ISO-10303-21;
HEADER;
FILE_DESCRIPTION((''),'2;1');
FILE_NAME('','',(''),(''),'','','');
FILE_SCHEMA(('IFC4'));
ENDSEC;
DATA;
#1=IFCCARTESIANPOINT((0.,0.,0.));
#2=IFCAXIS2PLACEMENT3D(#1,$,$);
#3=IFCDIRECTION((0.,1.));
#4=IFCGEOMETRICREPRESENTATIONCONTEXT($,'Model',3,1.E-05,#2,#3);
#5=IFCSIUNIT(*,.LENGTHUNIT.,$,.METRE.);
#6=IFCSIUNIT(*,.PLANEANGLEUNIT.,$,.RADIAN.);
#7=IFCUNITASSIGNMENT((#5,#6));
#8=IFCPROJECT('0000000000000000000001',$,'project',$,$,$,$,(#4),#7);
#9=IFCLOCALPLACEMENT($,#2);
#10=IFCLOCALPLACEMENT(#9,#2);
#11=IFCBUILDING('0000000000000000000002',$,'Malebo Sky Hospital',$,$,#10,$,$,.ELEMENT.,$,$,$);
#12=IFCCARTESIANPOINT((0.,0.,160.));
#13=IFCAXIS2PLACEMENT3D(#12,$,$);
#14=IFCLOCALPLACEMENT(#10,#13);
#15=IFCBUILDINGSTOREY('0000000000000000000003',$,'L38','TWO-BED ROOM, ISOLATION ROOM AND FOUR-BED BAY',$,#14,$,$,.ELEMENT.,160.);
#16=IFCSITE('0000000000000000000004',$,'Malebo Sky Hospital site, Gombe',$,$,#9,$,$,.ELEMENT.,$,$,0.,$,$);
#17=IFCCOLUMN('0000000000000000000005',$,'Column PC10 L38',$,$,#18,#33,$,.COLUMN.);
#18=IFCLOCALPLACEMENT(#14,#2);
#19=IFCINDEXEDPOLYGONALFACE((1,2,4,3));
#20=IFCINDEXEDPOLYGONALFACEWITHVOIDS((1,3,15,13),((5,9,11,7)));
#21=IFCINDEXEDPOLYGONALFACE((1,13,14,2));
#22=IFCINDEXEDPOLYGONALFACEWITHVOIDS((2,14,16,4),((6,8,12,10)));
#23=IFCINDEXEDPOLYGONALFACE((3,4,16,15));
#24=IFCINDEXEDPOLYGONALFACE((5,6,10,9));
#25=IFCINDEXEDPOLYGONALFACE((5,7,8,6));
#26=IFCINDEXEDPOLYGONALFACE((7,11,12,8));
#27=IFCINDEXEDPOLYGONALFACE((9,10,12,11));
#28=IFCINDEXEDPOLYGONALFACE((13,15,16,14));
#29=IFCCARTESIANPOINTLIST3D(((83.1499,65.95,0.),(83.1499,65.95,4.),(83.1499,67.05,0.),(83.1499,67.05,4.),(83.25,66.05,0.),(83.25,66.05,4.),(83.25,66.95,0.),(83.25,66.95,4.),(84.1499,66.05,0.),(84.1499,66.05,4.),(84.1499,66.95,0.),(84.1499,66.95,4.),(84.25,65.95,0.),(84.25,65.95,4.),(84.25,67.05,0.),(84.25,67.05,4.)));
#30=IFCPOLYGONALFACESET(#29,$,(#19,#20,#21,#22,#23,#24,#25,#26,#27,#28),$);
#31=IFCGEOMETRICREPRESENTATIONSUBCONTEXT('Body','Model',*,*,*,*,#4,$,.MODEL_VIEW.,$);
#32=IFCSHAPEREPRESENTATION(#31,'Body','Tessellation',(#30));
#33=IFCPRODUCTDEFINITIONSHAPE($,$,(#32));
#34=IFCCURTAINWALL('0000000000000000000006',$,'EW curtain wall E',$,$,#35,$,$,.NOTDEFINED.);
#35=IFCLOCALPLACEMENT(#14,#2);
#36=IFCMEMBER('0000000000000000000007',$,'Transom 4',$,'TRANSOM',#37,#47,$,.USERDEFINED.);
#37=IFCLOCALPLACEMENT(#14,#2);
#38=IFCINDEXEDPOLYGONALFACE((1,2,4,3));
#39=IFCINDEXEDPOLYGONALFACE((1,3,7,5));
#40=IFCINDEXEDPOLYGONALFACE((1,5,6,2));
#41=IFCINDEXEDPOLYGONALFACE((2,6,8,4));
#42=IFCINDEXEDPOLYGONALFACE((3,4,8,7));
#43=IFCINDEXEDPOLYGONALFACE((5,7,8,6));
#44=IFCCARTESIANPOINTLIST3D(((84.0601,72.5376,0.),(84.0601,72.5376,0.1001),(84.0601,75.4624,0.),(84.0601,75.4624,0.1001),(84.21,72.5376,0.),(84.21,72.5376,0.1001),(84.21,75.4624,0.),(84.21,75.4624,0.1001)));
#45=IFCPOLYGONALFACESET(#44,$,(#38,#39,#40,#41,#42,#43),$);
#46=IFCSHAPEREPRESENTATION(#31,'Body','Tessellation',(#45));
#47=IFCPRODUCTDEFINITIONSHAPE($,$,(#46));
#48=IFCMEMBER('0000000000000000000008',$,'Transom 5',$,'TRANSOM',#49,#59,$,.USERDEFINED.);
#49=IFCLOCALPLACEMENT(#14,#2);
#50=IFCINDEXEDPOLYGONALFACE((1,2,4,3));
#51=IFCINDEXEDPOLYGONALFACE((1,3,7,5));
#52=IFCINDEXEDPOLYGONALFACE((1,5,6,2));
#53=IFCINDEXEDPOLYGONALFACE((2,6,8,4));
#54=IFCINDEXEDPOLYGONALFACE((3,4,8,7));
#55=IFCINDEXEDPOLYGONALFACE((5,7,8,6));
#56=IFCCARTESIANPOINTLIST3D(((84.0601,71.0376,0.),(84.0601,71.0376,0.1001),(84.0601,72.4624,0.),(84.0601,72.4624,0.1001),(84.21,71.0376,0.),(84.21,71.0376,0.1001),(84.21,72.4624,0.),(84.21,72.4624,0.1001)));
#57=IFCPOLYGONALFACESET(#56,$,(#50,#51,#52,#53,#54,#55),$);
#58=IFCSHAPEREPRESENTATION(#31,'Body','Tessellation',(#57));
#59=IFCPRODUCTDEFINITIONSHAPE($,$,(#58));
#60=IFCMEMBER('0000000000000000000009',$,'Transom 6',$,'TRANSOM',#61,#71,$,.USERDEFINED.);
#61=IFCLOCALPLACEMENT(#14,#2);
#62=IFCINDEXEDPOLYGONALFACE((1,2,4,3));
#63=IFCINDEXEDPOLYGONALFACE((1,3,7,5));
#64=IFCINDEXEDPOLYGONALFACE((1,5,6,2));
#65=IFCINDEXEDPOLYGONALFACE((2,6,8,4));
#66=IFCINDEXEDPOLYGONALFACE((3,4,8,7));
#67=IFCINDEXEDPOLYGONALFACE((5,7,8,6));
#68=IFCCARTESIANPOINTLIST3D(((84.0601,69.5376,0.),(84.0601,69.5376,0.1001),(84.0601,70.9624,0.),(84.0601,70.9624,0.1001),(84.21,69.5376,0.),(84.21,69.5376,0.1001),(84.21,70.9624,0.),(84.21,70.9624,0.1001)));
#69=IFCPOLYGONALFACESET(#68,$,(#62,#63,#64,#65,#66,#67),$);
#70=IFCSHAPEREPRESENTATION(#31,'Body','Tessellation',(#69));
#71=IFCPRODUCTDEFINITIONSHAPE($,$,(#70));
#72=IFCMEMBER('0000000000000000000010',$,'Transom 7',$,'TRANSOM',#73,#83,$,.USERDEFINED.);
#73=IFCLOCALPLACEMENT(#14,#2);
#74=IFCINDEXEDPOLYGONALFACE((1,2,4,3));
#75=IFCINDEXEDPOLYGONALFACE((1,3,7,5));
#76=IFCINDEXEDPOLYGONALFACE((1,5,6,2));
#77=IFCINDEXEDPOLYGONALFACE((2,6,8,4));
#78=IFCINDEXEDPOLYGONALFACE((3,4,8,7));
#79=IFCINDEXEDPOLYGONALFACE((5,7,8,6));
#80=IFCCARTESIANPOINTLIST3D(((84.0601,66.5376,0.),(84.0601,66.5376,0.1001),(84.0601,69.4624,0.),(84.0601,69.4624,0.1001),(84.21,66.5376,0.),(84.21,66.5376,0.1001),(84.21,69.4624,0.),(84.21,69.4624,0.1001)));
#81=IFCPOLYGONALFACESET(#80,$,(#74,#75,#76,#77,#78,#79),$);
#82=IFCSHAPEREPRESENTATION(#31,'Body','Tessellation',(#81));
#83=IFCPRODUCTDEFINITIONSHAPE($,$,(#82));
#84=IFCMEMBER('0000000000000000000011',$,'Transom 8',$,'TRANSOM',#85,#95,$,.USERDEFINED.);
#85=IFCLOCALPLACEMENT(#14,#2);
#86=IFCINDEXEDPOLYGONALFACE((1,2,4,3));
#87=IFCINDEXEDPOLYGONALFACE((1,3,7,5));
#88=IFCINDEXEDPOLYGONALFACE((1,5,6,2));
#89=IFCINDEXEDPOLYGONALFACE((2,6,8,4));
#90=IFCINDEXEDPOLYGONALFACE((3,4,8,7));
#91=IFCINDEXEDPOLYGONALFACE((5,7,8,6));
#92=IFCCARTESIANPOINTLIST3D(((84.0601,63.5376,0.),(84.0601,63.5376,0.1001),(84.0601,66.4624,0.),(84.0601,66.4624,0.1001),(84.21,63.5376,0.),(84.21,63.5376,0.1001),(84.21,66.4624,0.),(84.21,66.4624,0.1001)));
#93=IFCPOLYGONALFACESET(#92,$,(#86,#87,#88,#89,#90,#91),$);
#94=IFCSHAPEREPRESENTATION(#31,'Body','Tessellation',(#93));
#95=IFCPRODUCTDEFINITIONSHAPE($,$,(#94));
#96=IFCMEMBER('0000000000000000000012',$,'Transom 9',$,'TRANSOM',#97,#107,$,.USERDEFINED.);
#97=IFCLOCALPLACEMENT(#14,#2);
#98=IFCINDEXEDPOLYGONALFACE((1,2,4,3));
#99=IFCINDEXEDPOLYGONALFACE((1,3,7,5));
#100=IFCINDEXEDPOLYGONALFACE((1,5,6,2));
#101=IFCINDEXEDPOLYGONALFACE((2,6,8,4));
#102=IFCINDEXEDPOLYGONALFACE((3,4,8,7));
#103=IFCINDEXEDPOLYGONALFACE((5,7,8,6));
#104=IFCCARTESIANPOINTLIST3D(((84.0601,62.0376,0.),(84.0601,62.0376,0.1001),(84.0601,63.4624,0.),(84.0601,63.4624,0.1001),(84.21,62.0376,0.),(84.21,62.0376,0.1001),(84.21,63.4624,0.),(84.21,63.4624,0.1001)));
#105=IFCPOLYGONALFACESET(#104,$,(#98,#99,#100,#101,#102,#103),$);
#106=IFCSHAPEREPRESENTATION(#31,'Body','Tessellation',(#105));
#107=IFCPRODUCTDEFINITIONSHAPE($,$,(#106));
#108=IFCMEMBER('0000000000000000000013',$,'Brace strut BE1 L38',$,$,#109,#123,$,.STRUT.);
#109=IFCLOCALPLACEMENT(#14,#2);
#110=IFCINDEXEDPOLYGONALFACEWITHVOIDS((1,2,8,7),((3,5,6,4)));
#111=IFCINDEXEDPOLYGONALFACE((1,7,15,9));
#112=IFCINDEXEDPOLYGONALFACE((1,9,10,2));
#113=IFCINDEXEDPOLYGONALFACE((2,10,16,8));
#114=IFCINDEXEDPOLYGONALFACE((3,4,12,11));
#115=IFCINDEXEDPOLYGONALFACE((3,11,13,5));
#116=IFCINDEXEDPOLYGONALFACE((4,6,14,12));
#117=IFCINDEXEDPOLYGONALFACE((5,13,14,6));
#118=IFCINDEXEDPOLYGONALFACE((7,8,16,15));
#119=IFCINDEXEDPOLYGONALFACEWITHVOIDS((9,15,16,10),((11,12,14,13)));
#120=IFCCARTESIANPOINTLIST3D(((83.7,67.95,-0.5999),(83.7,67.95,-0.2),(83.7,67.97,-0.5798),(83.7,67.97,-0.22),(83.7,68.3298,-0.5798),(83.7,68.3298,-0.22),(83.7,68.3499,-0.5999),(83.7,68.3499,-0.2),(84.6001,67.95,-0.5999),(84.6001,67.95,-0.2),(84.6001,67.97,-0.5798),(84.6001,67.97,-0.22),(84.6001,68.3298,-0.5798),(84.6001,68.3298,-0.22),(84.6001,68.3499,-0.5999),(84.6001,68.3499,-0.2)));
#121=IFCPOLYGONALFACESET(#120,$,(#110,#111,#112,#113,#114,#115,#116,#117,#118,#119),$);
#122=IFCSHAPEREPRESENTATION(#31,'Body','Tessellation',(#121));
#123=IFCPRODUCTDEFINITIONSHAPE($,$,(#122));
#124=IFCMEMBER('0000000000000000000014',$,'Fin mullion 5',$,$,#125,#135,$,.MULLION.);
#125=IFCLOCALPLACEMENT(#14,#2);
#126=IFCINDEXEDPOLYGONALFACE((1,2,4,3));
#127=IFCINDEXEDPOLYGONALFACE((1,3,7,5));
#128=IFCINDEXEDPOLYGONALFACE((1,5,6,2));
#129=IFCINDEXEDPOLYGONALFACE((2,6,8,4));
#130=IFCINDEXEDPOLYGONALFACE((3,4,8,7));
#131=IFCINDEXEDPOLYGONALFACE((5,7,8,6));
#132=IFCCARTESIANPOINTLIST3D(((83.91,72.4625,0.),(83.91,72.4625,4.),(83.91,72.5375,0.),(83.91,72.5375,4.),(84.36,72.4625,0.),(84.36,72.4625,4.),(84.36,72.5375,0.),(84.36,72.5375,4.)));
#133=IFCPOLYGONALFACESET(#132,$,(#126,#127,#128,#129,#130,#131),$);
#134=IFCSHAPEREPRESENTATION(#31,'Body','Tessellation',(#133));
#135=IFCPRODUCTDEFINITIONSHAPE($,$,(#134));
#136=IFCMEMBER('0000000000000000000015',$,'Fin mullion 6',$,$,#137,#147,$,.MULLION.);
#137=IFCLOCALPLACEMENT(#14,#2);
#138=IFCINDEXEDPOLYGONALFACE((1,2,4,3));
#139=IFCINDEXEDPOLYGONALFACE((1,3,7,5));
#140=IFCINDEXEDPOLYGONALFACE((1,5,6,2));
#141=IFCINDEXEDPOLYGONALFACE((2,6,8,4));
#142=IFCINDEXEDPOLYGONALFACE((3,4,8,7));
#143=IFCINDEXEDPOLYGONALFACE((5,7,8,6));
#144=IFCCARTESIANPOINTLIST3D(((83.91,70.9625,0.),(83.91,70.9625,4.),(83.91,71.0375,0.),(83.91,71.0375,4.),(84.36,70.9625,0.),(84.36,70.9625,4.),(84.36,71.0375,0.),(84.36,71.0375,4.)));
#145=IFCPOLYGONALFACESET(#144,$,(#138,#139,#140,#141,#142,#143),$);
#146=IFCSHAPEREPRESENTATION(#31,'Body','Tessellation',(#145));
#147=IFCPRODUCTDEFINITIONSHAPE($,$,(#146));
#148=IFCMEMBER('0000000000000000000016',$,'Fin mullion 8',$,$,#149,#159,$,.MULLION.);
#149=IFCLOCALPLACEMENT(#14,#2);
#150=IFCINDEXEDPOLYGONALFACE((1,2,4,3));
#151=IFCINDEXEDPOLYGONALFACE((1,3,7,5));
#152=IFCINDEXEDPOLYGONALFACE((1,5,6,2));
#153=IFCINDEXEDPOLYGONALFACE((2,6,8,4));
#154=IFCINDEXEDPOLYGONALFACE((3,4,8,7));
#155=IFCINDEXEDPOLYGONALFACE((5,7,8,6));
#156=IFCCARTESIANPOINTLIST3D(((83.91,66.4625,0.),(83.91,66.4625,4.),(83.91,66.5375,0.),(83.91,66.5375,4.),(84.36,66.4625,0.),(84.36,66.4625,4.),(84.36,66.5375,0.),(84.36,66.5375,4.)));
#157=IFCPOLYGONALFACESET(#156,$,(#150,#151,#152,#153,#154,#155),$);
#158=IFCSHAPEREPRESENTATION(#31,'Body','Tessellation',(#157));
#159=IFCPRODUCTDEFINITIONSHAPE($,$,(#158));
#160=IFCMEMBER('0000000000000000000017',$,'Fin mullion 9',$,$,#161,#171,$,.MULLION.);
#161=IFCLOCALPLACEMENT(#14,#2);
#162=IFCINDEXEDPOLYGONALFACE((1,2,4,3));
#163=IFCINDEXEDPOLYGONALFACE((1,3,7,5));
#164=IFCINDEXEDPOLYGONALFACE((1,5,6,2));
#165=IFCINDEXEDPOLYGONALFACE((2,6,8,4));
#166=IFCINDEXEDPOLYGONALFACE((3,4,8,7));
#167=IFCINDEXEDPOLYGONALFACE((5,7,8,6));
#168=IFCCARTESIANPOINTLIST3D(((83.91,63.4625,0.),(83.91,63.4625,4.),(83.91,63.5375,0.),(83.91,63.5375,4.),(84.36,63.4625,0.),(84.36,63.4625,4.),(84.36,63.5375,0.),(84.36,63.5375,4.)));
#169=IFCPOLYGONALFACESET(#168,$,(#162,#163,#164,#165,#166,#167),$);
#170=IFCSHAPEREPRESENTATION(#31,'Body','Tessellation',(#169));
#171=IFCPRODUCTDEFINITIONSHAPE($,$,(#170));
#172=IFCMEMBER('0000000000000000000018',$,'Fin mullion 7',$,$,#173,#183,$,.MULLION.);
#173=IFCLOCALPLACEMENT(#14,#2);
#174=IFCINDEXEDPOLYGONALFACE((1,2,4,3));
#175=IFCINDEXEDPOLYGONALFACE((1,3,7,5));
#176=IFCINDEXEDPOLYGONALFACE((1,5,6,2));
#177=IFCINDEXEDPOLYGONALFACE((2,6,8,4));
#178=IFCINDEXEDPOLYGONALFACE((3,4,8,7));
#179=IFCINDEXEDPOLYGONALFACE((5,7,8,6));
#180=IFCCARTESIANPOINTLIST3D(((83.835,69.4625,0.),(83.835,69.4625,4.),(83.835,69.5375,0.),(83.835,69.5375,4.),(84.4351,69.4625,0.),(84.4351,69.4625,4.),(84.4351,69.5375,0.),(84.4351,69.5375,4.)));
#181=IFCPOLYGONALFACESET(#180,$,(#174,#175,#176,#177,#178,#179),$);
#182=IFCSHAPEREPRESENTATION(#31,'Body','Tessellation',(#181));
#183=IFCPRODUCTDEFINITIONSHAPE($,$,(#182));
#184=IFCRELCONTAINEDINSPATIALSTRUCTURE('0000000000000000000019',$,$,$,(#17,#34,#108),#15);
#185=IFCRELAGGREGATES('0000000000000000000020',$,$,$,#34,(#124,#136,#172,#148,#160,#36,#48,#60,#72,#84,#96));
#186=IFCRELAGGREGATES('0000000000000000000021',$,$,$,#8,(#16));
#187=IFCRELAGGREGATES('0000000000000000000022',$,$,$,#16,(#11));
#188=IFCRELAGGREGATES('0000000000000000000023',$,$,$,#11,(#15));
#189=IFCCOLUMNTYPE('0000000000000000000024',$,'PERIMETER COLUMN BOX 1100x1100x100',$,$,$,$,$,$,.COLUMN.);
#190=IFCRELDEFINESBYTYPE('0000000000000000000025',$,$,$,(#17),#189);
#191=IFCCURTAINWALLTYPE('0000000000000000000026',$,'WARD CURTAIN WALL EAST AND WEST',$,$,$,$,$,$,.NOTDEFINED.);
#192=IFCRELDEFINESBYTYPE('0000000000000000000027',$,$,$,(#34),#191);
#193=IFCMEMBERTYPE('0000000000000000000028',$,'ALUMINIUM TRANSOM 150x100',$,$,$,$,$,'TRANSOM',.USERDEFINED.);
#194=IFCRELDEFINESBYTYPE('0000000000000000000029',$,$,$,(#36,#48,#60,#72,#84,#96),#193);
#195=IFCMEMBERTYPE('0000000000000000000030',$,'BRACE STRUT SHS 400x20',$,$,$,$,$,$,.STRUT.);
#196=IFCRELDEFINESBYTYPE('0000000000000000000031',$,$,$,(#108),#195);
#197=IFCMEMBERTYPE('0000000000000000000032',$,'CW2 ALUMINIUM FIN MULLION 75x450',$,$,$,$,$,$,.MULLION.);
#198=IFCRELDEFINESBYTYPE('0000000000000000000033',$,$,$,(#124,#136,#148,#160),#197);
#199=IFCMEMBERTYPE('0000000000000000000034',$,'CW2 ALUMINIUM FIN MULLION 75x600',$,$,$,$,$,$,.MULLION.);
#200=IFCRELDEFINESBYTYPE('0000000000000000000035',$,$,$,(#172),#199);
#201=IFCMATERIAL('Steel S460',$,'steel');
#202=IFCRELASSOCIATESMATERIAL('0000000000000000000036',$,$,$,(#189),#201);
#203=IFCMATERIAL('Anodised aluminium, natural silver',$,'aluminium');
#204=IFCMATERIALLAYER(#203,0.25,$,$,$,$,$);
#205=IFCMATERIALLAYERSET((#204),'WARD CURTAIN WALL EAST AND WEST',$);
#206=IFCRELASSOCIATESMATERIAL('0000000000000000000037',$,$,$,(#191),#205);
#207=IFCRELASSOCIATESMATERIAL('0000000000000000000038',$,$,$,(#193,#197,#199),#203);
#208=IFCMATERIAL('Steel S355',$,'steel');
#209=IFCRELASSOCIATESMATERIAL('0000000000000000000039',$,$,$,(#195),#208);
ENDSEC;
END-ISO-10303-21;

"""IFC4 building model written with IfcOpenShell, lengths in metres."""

from ifc_helpers import new_model, si_unit, direction, frame, origin, origin_2d, place, context, subcontext, project, spatial, rectangle, hollow_rectangle, extrude, material, layer, layer_set, material_profile, profile_set, type_object, element, aggregate, save


model = new_model("IFC4")

# Units and contexts
model_context = context("Model", 3, precision=1e-05, world=origin(), true_north=direction((0.0, 1.0)))
body_context = subcontext(model_context, "Body", "Model", "MODEL_VIEW")
ifc_project = project(units=[si_unit("LENGTHUNIT", "METRE"), si_unit("PLANEANGLEUNIT", "RADIAN")], contexts=[model_context])

# Site, building, storey
site_placement = place(None, origin())
site = spatial("IfcSite", under=ifc_project, at=site_placement, Name="Malebo Sky Hospital site, Gombe", CompositionType="ELEMENT", RefElevation=0.0)
building_placement = place(site_placement, origin())
building = spatial("IfcBuilding", under=site, at=building_placement, Name="Malebo Sky Hospital", CompositionType="ELEMENT")
storey_placement = place(building_placement, frame((0.0, 0.0, 160.0)))
storey = spatial("IfcBuildingStorey", under=building, at=storey_placement, Name="L38", Description="TWO-BED ROOM, ISOLATION ROOM AND FOUR-BED BAY", CompositionType="ELEMENT", Elevation=160.0)

# Column
ifc_material_1 = material(Name="Steel S460", Category="steel")
ifc_material_profile_1 = material_profile(ifc_material_1, hollow_rectangle(XDim=1.1001, YDim=1.1001, WallThickness=0.1001, at=origin_2d()), Name="BOX 1100x1100x100")
ifc_profile_set_1 = profile_set([ifc_material_profile_1], Name="Steel S460")
column_type = type_object("IfcColumnType", Name="PERIMETER COLUMN BOX 1100x1100x100", PredefinedType="COLUMN", material=ifc_profile_set_1)
column_placement = place(storey_placement, frame((83.7, 66.5, 0.0), z_axis=(0.0, 0.0, 1.0), x_axis=(1.0, 0.0, 0.0)))
element("IfcColumn", 1, at=column_placement, inside=storey, type_object=column_type, Name="Column PC10 L38", PredefinedType="COLUMN", context=body_context, shape_type="SweptSolid", body=[
    extrude(hollow_rectangle(XDim=1.1001, YDim=1.1001, WallThickness=0.1001, at=origin_2d()), origin(), (0.0, 0.0, 1.0), 4.0),
])

# Curtain wall, members
ifc_material_2 = material(Name="Anodised aluminium, natural silver", Category="aluminium")
ifc_layer_1 = layer(ifc_material_2, 0.25)
ifc_layer_set_1 = layer_set([ifc_layer_1], Name="WARD CURTAIN WALL EAST AND WEST")
curtain_wall_type = type_object("IfcCurtainWallType", Name="WARD CURTAIN WALL EAST AND WEST", PredefinedType="NOTDEFINED", material=ifc_layer_set_1)
curtain_wall_placement = place(storey_placement, origin())
curtain_wall = element("IfcCurtainWall", 2, at=curtain_wall_placement, inside=storey, type_object=curtain_wall_type, Name="EW curtain wall E", PredefinedType="NOTDEFINED")
ifc_material_profile_2 = material_profile(ifc_material_2, rectangle(XDim=0.1499, YDim=0.1001, at=origin_2d()), Name="ALUMINIUM TRANSOM 150x100")
ifc_profile_set_2 = profile_set([ifc_material_profile_2], Name="Anodised aluminium, natural silver")
member_type_1 = type_object("IfcMemberType", Name="ALUMINIUM TRANSOM 150x100", ElementType="TRANSOM", PredefinedType="USERDEFINED", material=ifc_profile_set_2)
member_1_placement = place(storey_placement, frame((84.135, 75.4624, 0.05), z_axis=(0.0, -1.0, 0.0), x_axis=(1.0, 0.0, 0.0)))
member_1 = element("IfcMember", 3, at=member_1_placement, type_object=member_type_1, Name="Transom 4", ObjectType="TRANSOM", PredefinedType="USERDEFINED", context=body_context, shape_type="SweptSolid", body=[
    extrude(rectangle(XDim=0.1499, YDim=0.1001, at=origin_2d()), origin(), (0.0, 0.0, 1.0), 2.9248),
])
member_2_placement = place(storey_placement, frame((84.135, 72.4624, 0.05), z_axis=(0.0, -1.0, 0.0), x_axis=(1.0, 0.0, 0.0)))
member_2 = element("IfcMember", 4, at=member_2_placement, type_object=member_type_1, Name="Transom 5", ObjectType="TRANSOM", PredefinedType="USERDEFINED", context=body_context, shape_type="SweptSolid", body=[
    extrude(rectangle(XDim=0.1499, YDim=0.1001, at=origin_2d()), origin(), (0.0, 0.0, 1.0), 1.4248),
])
member_3_placement = place(storey_placement, frame((84.135, 70.9624, 0.05), z_axis=(0.0, -1.0, 0.0), x_axis=(1.0, 0.0, 0.0)))
member_3 = element("IfcMember", 5, at=member_3_placement, type_object=member_type_1, Name="Transom 6", ObjectType="TRANSOM", PredefinedType="USERDEFINED", context=body_context, shape_type="SweptSolid", body=[
    extrude(rectangle(XDim=0.1499, YDim=0.1001, at=origin_2d()), origin(), (0.0, 0.0, 1.0), 1.4248),
])
member_4_placement = place(storey_placement, frame((84.135, 69.4624, 0.05), z_axis=(0.0, -1.0, 0.0), x_axis=(1.0, 0.0, 0.0)))
member_4 = element("IfcMember", 6, at=member_4_placement, type_object=member_type_1, Name="Transom 7", ObjectType="TRANSOM", PredefinedType="USERDEFINED", context=body_context, shape_type="SweptSolid", body=[
    extrude(rectangle(XDim=0.1499, YDim=0.1001, at=origin_2d()), origin(), (0.0, 0.0, 1.0), 2.9248),
])
member_5_placement = place(storey_placement, frame((84.135, 66.4624, 0.05), z_axis=(0.0, -1.0, 0.0), x_axis=(1.0, 0.0, 0.0)))
member_5 = element("IfcMember", 7, at=member_5_placement, type_object=member_type_1, Name="Transom 8", ObjectType="TRANSOM", PredefinedType="USERDEFINED", context=body_context, shape_type="SweptSolid", body=[
    extrude(rectangle(XDim=0.1499, YDim=0.1001, at=origin_2d()), origin(), (0.0, 0.0, 1.0), 2.9248),
])
member_6_placement = place(storey_placement, frame((84.135, 63.4624, 0.05), z_axis=(0.0, -1.0, 0.0), x_axis=(1.0, 0.0, 0.0)))
member_6 = element("IfcMember", 8, at=member_6_placement, type_object=member_type_1, Name="Transom 9", ObjectType="TRANSOM", PredefinedType="USERDEFINED", context=body_context, shape_type="SweptSolid", body=[
    extrude(rectangle(XDim=0.1499, YDim=0.1001, at=origin_2d()), origin(), (0.0, 0.0, 1.0), 1.4248),
])

# Members
ifc_material_3 = material(Name="Steel S355", Category="steel")
ifc_material_profile_3 = material_profile(ifc_material_3, hollow_rectangle(XDim=0.3999, YDim=0.3999, WallThickness=0.02, at=origin_2d()), Name="SHS 400x20")
ifc_profile_set_3 = profile_set([ifc_material_profile_3], Name="Steel S355")
member_type_2 = type_object("IfcMemberType", Name="BRACE STRUT SHS 400x20", PredefinedType="STRUT", material=ifc_profile_set_3)
member_7_placement = place(storey_placement, frame((84.6001, 68.1499, -0.3999), z_axis=(-1.0, 0.0, 0.0), x_axis=(0.0, -1.0, 0.0)))
element("IfcMember", 9, at=member_7_placement, inside=storey, type_object=member_type_2, Name="Brace strut BE1 L38", PredefinedType="STRUT", context=body_context, shape_type="SweptSolid", body=[
    extrude(hollow_rectangle(XDim=0.3999, YDim=0.3999, WallThickness=0.02, at=origin_2d()), origin(), (0.0, 0.0, 1.0), 0.9001),
])
ifc_material_profile_4 = material_profile(ifc_material_2, rectangle(XDim=0.075, YDim=0.45, at=origin_2d()), Name="CW2 ALUMINIUM FIN MULLION 75x450")
ifc_profile_set_4 = profile_set([ifc_material_profile_4], Name="Anodised aluminium, natural silver")
member_type_3 = type_object("IfcMemberType", Name="CW2 ALUMINIUM FIN MULLION 75x450", PredefinedType="MULLION", material=ifc_profile_set_4)
member_8_placement = place(storey_placement, frame((84.135, 72.5, 0.0), z_axis=(0.0, 0.0, 1.0), x_axis=(0.0, -1.0, 0.0)))
member_8 = element("IfcMember", 10, at=member_8_placement, type_object=member_type_3, Name="Fin mullion 5", PredefinedType="MULLION", context=body_context, shape_type="SweptSolid", body=[
    extrude(rectangle(XDim=0.075, YDim=0.45, at=origin_2d()), origin(), (0.0, 0.0, 1.0), 4.0),
])
member_9_placement = place(storey_placement, frame((84.135, 71.0, 0.0), z_axis=(0.0, 0.0, 1.0), x_axis=(0.0, -1.0, 0.0)))
member_9 = element("IfcMember", 11, at=member_9_placement, type_object=member_type_3, Name="Fin mullion 6", PredefinedType="MULLION", context=body_context, shape_type="SweptSolid", body=[
    extrude(rectangle(XDim=0.075, YDim=0.45, at=origin_2d()), origin(), (0.0, 0.0, 1.0), 4.0),
])
member_10_placement = place(storey_placement, frame((84.135, 66.5, 0.0), z_axis=(0.0, 0.0, 1.0), x_axis=(0.0, -1.0, 0.0)))
member_10 = element("IfcMember", 12, at=member_10_placement, type_object=member_type_3, Name="Fin mullion 8", PredefinedType="MULLION", context=body_context, shape_type="SweptSolid", body=[
    extrude(rectangle(XDim=0.075, YDim=0.45, at=origin_2d()), origin(), (0.0, 0.0, 1.0), 4.0),
])
member_11_placement = place(storey_placement, frame((84.135, 63.5, 0.0), z_axis=(0.0, 0.0, 1.0), x_axis=(0.0, -1.0, 0.0)))
member_11 = element("IfcMember", 13, at=member_11_placement, type_object=member_type_3, Name="Fin mullion 9", PredefinedType="MULLION", context=body_context, shape_type="SweptSolid", body=[
    extrude(rectangle(XDim=0.075, YDim=0.45, at=origin_2d()), origin(), (0.0, 0.0, 1.0), 4.0),
])
ifc_material_profile_5 = material_profile(ifc_material_2, rectangle(XDim=0.075, YDim=0.6001, at=origin_2d()), Name="CW2 ALUMINIUM FIN MULLION 75x600")
ifc_profile_set_5 = profile_set([ifc_material_profile_5], Name="Anodised aluminium, natural silver")
member_type_4 = type_object("IfcMemberType", Name="CW2 ALUMINIUM FIN MULLION 75x600", PredefinedType="MULLION", material=ifc_profile_set_5)
member_12_placement = place(storey_placement, frame((84.135, 69.5, 0.0), z_axis=(0.0, 0.0, 1.0), x_axis=(0.0, -1.0, 0.0)))
member_12 = element("IfcMember", 14, at=member_12_placement, type_object=member_type_4, Name="Fin mullion 7", PredefinedType="MULLION", context=body_context, shape_type="SweptSolid", body=[
    extrude(rectangle(XDim=0.075, YDim=0.6001, at=origin_2d()), origin(), (0.0, 0.0, 1.0), 4.0),
])

aggregate(curtain_wall, [member_8, member_9, member_12, member_10, member_11, member_1, member_2, member_3, member_4, member_5, member_6])

save(model, "model.ifc")
